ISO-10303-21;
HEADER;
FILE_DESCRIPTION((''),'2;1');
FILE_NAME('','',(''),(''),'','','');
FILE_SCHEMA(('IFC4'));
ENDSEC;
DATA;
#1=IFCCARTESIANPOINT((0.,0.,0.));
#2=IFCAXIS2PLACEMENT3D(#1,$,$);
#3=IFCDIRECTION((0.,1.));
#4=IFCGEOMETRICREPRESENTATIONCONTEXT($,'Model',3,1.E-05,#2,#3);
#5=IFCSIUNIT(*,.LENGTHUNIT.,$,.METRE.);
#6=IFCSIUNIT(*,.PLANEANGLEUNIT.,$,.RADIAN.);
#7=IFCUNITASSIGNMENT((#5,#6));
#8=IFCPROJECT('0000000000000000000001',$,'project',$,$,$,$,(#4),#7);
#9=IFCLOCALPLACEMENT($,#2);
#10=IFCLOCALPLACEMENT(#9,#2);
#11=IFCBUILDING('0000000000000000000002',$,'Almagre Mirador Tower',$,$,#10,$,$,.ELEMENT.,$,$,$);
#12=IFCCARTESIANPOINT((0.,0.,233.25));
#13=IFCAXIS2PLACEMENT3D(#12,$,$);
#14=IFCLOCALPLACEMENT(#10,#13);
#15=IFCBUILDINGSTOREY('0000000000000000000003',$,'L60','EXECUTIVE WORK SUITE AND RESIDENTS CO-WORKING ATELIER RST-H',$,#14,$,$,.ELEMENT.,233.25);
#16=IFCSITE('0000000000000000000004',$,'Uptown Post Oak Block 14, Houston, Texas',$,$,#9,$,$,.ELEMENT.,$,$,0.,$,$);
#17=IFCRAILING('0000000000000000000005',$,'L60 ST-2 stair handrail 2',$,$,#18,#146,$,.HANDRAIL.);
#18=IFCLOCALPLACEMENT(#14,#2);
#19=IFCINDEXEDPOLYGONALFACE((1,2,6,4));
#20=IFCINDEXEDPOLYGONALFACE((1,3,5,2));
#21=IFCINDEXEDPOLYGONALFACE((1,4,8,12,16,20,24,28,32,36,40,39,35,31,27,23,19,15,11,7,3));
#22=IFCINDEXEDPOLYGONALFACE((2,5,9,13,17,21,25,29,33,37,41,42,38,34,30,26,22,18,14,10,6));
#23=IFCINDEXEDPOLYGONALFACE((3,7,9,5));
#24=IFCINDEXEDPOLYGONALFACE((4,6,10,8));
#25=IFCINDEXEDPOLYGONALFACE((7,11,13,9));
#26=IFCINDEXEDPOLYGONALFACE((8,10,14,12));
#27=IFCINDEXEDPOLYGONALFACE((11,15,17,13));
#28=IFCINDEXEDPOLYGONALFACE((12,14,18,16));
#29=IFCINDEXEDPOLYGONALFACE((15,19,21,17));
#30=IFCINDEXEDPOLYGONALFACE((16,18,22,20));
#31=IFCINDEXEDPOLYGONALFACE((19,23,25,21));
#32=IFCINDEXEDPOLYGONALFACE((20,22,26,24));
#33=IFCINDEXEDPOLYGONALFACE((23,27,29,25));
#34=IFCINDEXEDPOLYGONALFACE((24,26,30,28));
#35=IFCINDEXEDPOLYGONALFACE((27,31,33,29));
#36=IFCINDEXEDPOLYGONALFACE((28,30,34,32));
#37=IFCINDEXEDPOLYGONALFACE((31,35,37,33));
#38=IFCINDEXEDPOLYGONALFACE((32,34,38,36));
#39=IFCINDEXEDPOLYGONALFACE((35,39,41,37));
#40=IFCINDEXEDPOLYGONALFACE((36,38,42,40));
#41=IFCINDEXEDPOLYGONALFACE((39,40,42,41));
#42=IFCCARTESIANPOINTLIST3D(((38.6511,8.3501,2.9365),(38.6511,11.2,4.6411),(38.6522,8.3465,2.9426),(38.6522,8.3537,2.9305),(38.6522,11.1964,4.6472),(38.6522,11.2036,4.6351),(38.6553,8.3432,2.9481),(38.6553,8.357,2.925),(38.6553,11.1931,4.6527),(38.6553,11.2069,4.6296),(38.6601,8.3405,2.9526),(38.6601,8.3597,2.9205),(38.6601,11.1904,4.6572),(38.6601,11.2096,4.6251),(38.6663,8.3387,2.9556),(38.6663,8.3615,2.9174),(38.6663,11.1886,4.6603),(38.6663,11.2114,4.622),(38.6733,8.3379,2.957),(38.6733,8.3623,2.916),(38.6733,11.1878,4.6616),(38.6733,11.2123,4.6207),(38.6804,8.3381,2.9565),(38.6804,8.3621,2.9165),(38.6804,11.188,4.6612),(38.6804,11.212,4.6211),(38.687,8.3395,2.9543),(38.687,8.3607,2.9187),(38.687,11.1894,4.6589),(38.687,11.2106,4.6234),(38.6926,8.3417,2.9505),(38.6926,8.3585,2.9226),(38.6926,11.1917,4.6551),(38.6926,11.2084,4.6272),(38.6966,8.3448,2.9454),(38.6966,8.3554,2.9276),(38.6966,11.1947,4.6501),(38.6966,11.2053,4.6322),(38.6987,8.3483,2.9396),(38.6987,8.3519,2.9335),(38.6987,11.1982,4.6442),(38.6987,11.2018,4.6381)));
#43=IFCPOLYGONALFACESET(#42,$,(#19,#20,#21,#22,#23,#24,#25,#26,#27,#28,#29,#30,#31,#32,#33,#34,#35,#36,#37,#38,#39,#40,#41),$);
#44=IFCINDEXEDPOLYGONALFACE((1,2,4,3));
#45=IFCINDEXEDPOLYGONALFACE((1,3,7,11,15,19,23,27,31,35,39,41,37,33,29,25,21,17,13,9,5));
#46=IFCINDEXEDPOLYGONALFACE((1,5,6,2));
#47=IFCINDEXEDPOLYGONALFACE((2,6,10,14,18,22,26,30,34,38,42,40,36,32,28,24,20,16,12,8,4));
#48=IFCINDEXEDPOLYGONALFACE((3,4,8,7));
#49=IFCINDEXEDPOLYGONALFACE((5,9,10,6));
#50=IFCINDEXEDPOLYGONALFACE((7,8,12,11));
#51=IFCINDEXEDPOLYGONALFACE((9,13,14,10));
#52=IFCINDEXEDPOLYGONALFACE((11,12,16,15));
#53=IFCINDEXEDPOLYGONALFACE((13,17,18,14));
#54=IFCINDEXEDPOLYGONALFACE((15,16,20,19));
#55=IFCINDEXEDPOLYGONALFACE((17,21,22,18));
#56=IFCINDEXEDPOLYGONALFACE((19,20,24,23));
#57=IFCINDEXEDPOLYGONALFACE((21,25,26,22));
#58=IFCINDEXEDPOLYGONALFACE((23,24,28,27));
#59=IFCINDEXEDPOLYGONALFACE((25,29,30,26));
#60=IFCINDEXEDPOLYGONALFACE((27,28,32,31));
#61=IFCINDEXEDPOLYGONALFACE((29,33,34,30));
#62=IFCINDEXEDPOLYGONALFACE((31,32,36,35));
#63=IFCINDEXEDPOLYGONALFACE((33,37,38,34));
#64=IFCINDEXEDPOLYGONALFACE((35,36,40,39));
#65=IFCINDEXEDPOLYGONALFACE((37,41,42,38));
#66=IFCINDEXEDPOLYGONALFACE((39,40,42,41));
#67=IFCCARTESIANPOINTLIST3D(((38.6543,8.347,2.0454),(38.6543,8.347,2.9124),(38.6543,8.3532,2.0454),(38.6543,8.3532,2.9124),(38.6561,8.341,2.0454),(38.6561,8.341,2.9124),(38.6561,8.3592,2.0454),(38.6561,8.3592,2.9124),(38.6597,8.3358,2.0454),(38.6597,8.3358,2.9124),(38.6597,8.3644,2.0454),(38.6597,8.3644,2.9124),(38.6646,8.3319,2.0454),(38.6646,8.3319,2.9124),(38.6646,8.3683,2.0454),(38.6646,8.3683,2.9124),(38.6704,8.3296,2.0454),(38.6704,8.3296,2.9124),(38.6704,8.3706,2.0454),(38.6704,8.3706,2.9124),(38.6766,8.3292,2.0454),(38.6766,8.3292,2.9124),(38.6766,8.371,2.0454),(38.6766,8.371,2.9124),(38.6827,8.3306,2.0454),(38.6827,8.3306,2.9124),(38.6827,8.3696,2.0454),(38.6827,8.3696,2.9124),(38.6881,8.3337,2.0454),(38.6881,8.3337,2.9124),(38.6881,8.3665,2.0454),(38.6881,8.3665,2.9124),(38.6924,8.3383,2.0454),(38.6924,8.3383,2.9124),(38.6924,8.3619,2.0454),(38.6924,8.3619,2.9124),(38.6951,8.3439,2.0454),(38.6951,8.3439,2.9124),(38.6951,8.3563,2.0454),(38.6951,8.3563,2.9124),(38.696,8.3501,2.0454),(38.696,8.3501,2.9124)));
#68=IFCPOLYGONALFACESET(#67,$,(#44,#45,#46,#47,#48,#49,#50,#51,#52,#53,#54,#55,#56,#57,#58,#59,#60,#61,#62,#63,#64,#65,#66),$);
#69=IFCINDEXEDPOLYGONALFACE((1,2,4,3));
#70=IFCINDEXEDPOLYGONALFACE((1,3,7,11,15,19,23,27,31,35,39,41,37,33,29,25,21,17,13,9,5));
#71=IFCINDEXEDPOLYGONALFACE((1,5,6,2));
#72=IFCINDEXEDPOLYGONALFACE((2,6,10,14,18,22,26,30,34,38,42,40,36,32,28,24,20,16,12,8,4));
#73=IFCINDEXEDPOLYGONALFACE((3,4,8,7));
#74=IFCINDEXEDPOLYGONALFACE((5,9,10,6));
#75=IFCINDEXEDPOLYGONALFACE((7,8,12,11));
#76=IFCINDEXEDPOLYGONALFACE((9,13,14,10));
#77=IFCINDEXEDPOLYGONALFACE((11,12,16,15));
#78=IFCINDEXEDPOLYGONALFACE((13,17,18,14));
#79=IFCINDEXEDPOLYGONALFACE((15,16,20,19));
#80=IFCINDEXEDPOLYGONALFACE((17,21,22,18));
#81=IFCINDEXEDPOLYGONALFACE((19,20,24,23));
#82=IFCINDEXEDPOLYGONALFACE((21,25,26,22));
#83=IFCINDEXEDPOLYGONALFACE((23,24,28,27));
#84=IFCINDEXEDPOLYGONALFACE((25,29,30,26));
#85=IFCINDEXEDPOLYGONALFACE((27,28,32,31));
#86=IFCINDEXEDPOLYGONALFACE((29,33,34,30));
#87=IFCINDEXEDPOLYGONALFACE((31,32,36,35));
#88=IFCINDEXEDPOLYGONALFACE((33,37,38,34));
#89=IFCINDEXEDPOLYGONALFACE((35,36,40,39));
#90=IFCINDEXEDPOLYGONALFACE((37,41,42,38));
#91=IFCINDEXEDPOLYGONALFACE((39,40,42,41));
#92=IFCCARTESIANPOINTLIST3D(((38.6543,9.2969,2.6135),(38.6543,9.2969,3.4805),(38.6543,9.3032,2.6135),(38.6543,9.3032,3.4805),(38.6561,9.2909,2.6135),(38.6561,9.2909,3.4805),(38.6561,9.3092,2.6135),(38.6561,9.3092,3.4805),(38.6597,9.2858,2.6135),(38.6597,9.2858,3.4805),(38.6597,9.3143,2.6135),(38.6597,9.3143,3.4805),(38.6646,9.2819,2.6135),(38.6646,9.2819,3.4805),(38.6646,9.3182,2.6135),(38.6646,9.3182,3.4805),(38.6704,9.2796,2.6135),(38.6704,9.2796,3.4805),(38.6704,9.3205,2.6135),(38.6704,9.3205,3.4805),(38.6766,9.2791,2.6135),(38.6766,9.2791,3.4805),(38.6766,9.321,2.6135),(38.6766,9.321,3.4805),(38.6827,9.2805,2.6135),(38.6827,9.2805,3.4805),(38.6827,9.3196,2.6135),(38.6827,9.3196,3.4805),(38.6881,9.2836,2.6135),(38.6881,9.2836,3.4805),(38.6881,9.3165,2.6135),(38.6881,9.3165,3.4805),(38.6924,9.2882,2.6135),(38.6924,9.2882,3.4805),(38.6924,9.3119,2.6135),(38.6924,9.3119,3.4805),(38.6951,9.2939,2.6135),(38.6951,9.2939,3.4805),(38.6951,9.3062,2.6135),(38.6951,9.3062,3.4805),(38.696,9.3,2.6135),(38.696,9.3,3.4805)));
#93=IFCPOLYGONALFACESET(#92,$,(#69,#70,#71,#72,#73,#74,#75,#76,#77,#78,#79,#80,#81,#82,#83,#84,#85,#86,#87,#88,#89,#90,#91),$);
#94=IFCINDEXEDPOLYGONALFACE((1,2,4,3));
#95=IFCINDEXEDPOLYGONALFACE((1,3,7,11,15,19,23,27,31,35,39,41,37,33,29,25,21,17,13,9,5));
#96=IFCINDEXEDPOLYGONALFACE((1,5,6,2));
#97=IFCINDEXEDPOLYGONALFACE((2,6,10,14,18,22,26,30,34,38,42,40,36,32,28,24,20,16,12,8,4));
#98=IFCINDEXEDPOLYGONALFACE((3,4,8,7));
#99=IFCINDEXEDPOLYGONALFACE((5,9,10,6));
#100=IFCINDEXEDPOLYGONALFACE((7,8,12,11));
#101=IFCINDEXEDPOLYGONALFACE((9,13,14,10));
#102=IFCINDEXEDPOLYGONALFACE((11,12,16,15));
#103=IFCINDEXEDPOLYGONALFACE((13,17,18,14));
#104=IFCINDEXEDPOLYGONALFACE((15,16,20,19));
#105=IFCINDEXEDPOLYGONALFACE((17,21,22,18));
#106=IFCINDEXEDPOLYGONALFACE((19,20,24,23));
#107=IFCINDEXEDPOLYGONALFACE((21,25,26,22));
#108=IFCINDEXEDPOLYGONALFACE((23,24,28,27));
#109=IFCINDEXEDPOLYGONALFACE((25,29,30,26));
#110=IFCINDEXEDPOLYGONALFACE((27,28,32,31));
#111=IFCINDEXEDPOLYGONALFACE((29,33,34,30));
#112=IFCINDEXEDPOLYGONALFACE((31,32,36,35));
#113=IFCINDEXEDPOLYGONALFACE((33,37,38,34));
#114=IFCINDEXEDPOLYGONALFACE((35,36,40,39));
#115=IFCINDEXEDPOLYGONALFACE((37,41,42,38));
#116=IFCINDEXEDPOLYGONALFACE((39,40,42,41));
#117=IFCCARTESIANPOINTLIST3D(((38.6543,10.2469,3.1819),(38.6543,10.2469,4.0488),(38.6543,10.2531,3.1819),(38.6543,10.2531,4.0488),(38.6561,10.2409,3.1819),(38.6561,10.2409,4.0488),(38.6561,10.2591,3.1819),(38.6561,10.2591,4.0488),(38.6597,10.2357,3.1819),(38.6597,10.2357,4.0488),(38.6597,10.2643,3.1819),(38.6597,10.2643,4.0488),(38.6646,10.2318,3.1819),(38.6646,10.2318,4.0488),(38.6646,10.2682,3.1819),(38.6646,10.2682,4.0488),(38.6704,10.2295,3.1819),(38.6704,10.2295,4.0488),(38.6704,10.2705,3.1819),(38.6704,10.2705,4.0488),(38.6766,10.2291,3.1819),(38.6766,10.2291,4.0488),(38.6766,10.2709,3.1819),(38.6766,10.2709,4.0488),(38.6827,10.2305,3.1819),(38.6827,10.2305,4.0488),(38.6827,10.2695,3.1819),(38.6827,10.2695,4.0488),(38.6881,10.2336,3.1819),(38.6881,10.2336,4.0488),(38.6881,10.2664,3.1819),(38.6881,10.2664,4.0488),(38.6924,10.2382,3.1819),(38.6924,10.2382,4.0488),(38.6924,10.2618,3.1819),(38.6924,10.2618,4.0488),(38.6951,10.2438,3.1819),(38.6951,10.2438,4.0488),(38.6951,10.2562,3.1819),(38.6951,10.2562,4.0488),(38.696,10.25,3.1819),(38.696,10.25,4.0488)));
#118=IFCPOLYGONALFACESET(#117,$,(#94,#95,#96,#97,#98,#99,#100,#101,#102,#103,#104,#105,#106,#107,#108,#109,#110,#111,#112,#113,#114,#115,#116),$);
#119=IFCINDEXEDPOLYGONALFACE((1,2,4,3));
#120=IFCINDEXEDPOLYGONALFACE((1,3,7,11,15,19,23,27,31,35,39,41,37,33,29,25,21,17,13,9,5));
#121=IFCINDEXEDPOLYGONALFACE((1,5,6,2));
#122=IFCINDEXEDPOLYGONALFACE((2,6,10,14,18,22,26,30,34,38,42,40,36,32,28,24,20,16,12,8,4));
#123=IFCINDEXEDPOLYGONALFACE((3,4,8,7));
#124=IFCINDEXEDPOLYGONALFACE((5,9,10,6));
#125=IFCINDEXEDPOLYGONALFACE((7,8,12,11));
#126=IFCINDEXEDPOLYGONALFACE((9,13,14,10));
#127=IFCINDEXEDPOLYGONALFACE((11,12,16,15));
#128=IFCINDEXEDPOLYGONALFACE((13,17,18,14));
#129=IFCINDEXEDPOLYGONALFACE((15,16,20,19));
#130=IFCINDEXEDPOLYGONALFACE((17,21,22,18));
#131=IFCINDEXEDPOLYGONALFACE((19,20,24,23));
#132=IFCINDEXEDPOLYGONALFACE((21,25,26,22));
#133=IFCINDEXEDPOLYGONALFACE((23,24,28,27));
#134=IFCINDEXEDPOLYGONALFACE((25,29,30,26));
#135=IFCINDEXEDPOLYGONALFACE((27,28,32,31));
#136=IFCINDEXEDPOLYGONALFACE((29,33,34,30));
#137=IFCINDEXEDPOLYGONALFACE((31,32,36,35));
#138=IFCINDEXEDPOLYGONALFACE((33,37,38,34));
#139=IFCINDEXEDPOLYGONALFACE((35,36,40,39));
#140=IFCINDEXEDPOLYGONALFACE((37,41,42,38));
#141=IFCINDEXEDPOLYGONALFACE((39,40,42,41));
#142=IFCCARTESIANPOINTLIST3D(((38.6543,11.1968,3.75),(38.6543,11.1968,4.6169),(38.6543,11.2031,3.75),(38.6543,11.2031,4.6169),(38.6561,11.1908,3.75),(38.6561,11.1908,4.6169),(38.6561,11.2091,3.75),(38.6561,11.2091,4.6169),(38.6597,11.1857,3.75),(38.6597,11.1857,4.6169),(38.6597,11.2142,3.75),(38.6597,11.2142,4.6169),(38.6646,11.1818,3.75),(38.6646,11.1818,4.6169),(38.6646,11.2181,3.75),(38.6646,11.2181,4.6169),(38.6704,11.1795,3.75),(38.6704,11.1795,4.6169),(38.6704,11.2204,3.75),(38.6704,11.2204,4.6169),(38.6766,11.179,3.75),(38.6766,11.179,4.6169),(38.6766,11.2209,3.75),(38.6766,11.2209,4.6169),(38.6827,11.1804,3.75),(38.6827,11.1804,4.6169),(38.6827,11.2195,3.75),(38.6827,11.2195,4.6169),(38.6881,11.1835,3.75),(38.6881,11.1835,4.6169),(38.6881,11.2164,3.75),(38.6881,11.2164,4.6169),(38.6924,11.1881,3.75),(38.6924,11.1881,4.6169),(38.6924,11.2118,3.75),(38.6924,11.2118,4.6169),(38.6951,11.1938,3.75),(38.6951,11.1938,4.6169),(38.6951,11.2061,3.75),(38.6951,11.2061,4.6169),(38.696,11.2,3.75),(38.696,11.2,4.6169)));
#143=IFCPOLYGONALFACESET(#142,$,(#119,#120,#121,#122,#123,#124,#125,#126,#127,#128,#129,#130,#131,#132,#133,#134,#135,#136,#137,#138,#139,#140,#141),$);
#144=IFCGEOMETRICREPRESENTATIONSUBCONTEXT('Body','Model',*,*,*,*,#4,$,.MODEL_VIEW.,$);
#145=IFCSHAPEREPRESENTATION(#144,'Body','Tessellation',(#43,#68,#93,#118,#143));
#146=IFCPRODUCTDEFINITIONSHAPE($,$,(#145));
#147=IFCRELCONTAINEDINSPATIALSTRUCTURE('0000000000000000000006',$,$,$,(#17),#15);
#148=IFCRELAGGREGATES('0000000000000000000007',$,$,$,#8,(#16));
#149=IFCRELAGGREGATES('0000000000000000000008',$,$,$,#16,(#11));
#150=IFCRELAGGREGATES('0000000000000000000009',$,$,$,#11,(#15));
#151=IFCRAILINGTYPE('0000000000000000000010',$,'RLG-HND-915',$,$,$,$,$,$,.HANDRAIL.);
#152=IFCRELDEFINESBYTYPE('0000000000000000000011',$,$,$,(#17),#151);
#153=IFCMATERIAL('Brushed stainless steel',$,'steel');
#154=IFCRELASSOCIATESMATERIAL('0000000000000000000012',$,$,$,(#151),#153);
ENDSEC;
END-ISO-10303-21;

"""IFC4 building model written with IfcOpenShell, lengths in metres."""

from ifc_helpers import new_model, si_unit, direction, frame, origin, origin_2d, place, context, subcontext, project, spatial, circle, extrude, material, type_object, element, save


model = new_model("IFC4")

# Units and contexts
model_context = context("Model", 3, precision=1e-05, world=origin(), true_north=direction((0.0, 1.0)))
body_context = subcontext(model_context, "Body", "Model", "MODEL_VIEW")
ifc_project = project(units=[si_unit("LENGTHUNIT", "METRE"), si_unit("PLANEANGLEUNIT", "RADIAN")], contexts=[model_context])

# Site, building, storey
site_placement = place(None, origin())
site = spatial("IfcSite", under=ifc_project, at=site_placement, Name="Uptown Post Oak Block 14, Houston, Texas", CompositionType="ELEMENT", RefElevation=0.0)
building_placement = place(site_placement, origin())
building = spatial("IfcBuilding", under=site, at=building_placement, Name="Almagre Mirador Tower", CompositionType="ELEMENT")
storey_placement = place(building_placement, frame((0.0, 0.0, 233.25)))
storey = spatial("IfcBuildingStorey", under=building, at=storey_placement, Name="L60", Description="EXECUTIVE WORK SUITE AND RESIDENTS CO-WORKING ATELIER RST-H", CompositionType="ELEMENT", Elevation=233.25)

# Railing
ifc_material_1 = material(Name="Brushed stainless steel", Category="steel")
railing_type_1 = type_object("IfcRailingType", Name="RLG-HND-915", PredefinedType="HANDRAIL", material=ifc_material_1)
railing_1_placement = place(storey_placement, frame((38.675, 8.3501, 2.0454)))
element("IfcRailing", 1, at=railing_1_placement, inside=storey, type_object=railing_type_1, Name="L60 ST-2 stair handrail 2", PredefinedType="HANDRAIL", context=body_context, shape_type="SweptSolid", body=[
    extrude(circle(Radius=0.0239, at=origin_2d()), frame((0.0, 0.0, 0.8911), z_axis=(0.0, 0.858199, 0.513317), x_axis=(-1.0, 0.0, 0.0)), (0.0, 0.0, 1.0), 3.3208),
    extrude(circle(Radius=0.021, at=origin_2d()), origin(), (0.0, 0.0, 1.0), 0.8669),
    extrude(circle(Radius=0.021, at=origin_2d()), frame((0.0, 0.95, 0.5681)), (0.0, 0.0, 1.0), 0.8669),
    extrude(circle(Radius=0.021, at=origin_2d()), frame((0.0, 1.8999, 1.1365)), (0.0, 0.0, 1.0), 0.8669),
    extrude(circle(Radius=0.021, at=origin_2d()), frame((0.0, 2.8499, 1.7046)), (0.0, 0.0, 1.0), 0.8669),
])

save(model, "model.ifc")
